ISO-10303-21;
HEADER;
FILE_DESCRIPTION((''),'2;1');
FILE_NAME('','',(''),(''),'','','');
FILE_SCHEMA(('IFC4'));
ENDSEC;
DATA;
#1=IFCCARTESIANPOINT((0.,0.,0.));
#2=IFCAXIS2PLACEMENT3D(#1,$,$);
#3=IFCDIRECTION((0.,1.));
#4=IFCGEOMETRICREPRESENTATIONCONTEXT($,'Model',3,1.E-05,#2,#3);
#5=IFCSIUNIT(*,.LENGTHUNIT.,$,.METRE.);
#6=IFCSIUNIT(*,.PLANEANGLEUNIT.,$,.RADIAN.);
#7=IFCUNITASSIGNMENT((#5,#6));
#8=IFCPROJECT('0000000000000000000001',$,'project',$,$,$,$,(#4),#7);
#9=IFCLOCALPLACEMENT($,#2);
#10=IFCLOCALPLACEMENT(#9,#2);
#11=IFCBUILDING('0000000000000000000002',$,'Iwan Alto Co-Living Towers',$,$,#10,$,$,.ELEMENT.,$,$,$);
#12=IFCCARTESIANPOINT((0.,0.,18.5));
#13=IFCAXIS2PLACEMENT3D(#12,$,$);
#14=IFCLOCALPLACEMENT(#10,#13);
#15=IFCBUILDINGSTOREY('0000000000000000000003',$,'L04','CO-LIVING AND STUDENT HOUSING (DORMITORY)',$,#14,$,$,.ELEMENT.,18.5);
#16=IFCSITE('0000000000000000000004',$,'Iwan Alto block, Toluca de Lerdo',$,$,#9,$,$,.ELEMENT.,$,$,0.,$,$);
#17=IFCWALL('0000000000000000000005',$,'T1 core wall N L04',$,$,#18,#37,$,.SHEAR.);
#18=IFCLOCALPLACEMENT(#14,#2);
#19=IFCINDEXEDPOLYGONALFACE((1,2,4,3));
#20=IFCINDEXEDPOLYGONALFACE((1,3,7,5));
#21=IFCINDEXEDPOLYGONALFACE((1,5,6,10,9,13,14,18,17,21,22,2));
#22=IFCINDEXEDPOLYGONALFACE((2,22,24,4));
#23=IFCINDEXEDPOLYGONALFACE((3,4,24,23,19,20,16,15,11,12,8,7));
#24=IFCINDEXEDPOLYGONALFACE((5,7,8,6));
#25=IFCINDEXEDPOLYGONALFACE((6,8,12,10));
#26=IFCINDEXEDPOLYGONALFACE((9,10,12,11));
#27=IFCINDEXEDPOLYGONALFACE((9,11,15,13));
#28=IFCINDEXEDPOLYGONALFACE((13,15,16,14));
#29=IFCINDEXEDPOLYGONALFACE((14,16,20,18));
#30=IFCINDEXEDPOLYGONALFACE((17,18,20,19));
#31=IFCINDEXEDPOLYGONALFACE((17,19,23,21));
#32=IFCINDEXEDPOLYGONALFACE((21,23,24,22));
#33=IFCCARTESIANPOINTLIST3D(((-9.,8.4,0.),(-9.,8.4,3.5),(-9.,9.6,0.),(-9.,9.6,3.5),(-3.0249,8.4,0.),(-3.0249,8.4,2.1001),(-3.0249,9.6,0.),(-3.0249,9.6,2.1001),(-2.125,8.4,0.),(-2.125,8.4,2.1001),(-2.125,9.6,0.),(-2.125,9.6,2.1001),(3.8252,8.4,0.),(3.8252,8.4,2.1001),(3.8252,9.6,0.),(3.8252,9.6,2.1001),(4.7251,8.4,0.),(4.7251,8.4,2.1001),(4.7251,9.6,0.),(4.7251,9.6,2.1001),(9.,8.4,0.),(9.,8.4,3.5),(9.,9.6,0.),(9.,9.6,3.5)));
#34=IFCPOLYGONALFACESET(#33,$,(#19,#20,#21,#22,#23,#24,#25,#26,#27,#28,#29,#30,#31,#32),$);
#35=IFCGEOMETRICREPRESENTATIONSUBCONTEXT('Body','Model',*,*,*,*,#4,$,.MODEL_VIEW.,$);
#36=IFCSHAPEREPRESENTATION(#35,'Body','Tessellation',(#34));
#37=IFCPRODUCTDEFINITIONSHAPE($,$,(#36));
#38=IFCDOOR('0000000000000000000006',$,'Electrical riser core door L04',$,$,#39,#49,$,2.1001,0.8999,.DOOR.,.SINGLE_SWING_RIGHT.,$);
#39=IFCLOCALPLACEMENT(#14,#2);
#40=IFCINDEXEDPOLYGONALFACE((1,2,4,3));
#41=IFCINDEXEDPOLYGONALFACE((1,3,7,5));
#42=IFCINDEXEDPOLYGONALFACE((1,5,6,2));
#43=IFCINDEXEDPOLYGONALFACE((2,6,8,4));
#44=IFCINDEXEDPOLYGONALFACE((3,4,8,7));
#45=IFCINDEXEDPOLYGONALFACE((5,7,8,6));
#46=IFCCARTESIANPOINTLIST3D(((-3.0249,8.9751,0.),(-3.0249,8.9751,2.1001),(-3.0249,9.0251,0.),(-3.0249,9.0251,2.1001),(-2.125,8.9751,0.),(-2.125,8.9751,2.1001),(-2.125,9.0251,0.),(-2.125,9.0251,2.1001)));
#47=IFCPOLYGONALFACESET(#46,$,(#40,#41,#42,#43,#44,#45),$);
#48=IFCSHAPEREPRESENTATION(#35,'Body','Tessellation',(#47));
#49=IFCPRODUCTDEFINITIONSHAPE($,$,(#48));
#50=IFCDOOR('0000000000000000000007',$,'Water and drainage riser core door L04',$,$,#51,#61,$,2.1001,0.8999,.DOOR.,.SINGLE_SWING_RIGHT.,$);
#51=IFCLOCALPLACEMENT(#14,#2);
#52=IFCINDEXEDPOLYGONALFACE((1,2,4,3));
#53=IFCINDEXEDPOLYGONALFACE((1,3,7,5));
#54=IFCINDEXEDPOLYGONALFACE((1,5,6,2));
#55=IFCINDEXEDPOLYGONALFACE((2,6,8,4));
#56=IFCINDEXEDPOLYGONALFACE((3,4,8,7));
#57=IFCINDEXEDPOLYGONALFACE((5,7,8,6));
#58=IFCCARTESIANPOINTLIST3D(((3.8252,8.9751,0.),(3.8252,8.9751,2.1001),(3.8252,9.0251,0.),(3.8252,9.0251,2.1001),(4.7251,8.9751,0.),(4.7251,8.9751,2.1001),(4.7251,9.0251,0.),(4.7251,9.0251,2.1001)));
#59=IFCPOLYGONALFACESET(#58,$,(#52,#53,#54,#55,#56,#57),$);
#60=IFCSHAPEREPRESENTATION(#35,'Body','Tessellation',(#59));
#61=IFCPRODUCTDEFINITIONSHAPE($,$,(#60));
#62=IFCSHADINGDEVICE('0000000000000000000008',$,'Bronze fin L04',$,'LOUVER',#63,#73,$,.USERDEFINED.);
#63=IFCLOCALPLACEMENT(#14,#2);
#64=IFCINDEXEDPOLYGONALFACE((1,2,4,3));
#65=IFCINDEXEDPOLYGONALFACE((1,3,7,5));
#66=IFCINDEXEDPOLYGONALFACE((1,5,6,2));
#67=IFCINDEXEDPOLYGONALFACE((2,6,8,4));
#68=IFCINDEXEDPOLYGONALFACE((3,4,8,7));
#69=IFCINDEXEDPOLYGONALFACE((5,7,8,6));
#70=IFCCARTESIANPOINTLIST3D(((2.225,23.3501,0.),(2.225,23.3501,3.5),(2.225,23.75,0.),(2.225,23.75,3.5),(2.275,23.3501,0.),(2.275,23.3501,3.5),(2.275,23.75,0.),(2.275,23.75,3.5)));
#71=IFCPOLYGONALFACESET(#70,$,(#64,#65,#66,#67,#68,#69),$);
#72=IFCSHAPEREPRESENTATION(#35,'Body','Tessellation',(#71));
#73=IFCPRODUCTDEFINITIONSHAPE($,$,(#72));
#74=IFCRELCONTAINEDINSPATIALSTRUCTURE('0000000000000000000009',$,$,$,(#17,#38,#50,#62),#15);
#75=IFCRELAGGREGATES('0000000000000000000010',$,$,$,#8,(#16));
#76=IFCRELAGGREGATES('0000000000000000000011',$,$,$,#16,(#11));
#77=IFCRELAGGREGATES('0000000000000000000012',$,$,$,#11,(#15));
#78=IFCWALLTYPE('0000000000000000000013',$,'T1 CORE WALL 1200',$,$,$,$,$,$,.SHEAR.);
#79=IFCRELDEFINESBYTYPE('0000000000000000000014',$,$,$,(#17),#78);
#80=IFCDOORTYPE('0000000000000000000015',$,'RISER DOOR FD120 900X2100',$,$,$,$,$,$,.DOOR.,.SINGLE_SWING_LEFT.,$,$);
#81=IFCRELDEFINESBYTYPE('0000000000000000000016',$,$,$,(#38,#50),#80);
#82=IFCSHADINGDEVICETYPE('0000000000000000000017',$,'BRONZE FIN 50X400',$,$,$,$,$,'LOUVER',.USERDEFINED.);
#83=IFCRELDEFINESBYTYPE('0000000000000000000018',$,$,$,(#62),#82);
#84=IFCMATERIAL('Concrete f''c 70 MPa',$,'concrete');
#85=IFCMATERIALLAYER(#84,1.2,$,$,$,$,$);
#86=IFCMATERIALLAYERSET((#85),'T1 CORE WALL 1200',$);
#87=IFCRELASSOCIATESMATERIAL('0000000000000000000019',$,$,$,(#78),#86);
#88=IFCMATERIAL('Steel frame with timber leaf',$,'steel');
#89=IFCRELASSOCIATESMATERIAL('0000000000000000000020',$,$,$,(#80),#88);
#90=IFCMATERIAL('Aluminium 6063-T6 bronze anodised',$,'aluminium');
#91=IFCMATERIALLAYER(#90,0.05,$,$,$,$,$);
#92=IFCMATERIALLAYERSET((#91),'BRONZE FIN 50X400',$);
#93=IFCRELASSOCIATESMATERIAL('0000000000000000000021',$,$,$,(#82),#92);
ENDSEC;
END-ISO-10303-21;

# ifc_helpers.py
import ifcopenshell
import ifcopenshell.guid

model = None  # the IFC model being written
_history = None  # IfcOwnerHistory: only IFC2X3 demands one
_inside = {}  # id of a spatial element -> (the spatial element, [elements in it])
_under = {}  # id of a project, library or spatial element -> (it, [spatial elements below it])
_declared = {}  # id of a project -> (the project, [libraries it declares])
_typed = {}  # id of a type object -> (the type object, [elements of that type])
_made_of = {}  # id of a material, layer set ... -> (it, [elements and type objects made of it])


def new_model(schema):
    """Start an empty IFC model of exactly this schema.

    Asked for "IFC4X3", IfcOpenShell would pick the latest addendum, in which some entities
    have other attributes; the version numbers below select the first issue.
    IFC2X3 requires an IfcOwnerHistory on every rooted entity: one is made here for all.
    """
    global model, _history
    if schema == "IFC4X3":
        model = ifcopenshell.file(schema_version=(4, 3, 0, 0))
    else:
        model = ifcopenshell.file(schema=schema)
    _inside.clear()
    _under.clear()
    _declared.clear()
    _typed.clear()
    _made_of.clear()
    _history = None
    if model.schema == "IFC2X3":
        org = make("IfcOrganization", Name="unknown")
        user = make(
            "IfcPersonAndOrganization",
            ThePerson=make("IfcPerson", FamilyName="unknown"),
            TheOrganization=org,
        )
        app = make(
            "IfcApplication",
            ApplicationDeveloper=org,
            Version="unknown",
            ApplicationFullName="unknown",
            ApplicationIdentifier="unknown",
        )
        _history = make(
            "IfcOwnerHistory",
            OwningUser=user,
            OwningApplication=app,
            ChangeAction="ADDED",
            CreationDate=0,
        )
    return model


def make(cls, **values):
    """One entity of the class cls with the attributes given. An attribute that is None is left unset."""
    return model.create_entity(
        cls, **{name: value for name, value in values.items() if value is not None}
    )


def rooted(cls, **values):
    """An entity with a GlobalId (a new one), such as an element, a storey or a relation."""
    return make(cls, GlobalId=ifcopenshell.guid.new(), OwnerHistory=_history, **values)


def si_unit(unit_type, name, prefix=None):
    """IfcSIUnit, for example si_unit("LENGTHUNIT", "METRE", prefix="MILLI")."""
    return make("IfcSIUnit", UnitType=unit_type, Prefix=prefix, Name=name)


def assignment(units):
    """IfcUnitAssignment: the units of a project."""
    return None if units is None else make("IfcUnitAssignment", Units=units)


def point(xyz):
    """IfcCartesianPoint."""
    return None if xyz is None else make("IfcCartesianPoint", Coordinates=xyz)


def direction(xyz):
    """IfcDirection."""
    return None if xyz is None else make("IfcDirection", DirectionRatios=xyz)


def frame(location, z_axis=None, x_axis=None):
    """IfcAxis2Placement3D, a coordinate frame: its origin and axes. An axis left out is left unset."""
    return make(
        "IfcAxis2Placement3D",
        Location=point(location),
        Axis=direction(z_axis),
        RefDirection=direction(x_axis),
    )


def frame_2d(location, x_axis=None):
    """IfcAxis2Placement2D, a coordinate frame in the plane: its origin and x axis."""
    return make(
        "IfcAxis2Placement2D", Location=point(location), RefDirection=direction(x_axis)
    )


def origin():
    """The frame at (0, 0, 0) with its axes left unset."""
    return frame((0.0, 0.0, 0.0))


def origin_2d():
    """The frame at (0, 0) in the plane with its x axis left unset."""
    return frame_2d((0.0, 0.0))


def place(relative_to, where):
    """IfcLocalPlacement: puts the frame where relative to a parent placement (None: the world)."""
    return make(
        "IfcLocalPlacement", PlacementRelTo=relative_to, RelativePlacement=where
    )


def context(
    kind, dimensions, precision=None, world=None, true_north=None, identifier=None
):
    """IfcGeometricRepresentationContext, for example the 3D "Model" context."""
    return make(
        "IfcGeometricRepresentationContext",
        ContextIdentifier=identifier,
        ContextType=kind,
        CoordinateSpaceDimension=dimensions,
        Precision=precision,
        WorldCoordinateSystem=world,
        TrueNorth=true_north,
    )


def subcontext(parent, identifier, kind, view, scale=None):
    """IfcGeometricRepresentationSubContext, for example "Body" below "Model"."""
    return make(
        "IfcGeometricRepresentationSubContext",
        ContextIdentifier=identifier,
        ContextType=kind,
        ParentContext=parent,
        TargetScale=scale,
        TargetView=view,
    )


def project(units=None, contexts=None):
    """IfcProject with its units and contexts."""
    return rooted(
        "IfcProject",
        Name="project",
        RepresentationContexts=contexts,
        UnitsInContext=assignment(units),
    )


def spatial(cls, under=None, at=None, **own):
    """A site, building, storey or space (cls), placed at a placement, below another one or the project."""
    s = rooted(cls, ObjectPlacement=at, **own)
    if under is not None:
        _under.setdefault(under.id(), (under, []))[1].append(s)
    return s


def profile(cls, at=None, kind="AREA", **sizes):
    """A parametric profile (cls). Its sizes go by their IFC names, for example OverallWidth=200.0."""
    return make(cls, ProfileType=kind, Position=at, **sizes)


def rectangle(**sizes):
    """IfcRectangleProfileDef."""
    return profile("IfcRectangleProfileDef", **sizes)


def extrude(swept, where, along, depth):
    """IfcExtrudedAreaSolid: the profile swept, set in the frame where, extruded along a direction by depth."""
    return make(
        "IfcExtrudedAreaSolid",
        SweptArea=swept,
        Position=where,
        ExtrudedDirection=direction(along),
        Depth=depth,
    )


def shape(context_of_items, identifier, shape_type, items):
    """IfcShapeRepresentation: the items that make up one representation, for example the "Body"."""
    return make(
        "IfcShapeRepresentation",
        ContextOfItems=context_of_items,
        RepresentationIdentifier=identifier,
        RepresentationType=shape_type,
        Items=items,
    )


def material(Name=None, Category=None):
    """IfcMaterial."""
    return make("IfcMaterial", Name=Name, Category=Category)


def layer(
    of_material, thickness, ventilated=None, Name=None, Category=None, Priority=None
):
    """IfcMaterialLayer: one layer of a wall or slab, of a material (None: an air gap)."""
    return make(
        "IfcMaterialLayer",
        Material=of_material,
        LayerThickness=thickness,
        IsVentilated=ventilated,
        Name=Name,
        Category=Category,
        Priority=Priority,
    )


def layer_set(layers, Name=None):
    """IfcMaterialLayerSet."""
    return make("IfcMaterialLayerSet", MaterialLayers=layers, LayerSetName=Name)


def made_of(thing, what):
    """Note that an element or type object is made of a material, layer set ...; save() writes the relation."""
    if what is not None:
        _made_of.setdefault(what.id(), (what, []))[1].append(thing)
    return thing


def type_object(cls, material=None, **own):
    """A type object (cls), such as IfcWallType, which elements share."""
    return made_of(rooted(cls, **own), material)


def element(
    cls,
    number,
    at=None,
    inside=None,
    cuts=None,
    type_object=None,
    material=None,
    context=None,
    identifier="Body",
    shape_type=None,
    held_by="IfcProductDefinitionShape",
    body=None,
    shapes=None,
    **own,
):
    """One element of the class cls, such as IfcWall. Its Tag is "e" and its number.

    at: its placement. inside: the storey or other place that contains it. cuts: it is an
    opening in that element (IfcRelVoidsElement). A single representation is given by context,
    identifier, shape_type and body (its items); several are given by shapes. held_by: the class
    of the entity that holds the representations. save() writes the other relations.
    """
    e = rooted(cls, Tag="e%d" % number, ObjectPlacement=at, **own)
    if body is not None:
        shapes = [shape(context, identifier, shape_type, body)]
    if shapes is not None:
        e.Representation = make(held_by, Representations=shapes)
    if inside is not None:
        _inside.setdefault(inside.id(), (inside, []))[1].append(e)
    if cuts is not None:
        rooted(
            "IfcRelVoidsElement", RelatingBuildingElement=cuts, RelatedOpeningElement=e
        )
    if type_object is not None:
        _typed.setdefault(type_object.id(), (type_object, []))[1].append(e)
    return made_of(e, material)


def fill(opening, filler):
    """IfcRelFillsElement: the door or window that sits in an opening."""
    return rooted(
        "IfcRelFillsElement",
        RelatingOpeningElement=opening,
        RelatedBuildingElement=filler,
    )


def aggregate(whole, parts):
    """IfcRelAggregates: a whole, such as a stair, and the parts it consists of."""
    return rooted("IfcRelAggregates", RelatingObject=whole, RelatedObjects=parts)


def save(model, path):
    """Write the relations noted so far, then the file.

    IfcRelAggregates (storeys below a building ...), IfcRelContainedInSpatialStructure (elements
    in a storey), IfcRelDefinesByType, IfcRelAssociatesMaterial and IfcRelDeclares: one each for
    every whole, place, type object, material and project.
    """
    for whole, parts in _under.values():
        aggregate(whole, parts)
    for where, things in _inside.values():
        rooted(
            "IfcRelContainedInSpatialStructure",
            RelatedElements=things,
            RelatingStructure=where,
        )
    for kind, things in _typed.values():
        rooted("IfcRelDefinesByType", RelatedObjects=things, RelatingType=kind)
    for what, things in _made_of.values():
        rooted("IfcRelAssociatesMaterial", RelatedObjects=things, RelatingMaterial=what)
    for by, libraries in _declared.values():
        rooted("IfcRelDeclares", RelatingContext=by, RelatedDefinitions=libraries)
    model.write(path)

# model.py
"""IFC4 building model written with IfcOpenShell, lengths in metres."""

from ifc_helpers import new_model, si_unit, direction, frame, frame_2d, origin, origin_2d, place, context, subcontext, project, spatial, rectangle, extrude, material, layer, layer_set, type_object, element, fill, save


model = new_model("IFC4")

# Units and contexts
model_context = context("Model", 3, precision=1e-05, world=origin(), true_north=direction((0.0, 1.0)))
body_context = subcontext(model_context, "Body", "Model", "MODEL_VIEW")
ifc_project = project(units=[si_unit("LENGTHUNIT", "METRE"), si_unit("PLANEANGLEUNIT", "RADIAN")], contexts=[model_context])

# Site, building, storey
site_placement = place(None, origin())
site = spatial("IfcSite", under=ifc_project, at=site_placement, Name="Iwan Alto block, Toluca de Lerdo", CompositionType="ELEMENT", RefElevation=0.0)
building_placement = place(site_placement, origin())
building = spatial("IfcBuilding", under=site, at=building_placement, Name="Iwan Alto Co-Living Towers", CompositionType="ELEMENT")
storey_placement = place(building_placement, frame((0.0, 0.0, 18.5)))
storey = spatial("IfcBuildingStorey", under=building, at=storey_placement, Name="L04", Description="CO-LIVING AND STUDENT HOUSING (DORMITORY)", CompositionType="ELEMENT", Elevation=18.5)

# Wall, openings, doors
ifc_material_1 = material(Name="Concrete f'c 70 MPa", Category="concrete")
ifc_layer_1 = layer(ifc_material_1, 1.2)
ifc_layer_set_1 = layer_set([ifc_layer_1], Name="T1 CORE WALL 1200")
wall_type_1 = type_object("IfcWallType", Name="T1 CORE WALL 1200", PredefinedType="SHEAR", material=ifc_layer_set_1)
wall_1_placement = place(storey_placement, frame((9.0, 9.0, 0.0), z_axis=(0.0, 0.0, 1.0), x_axis=(-1.0, 0.0, 0.0)))
wall_1 = element("IfcWall", 1, at=wall_1_placement, inside=storey, type_object=wall_type_1, Name="T1 core wall N L04", PredefinedType="SHEAR", context=body_context, shape_type="SweptSolid", body=[
    extrude(rectangle(XDim=18.0, YDim=1.2, at=frame_2d((9.0, 0.0))), origin(), (0.0, 0.0, 1.0), 3.5),
])
opening_1_placement = place(wall_1_placement, frame((11.125, 0.0, 0.0)))
opening_1 = element("IfcOpeningElement", 2, at=opening_1_placement, cuts=wall_1, PredefinedType="OPENING", context=body_context, shape_type="SweptSolid", body=[
    extrude(rectangle(XDim=0.8999, YDim=2.1001, at=frame_2d((0.45, 1.05))), frame((0.0, 0.6099, 0.0), z_axis=(0.0, -1.0, 0.0), x_axis=(1.0, 0.0, 0.0)), (0.0, 0.0, 1.0), 1.22),
])
opening_2_placement = place(wall_1_placement, frame((4.2749, 0.0, 0.0)))
opening_2 = element("IfcOpeningElement", 3, at=opening_2_placement, cuts=wall_1, PredefinedType="OPENING", context=body_context, shape_type="SweptSolid", body=[
    extrude(rectangle(XDim=0.8999, YDim=2.1001, at=frame_2d((0.45, 1.05))), frame((0.0, 0.6099, 0.0), z_axis=(0.0, -1.0, 0.0), x_axis=(1.0, 0.0, 0.0)), (0.0, 0.0, 1.0), 1.22),
])
ifc_material_2 = material(Name="Steel frame with timber leaf", Category="steel")
door_type = type_object("IfcDoorType", Name="RISER DOOR FD120 900X2100", OperationType="SINGLE_SWING_LEFT", PredefinedType="DOOR", material=ifc_material_2)
door_1_placement = place(opening_1_placement, origin())
door_1 = element("IfcDoor", 4, at=door_1_placement, inside=storey, type_object=door_type, Name="Electrical riser core door L04", OperationType="SINGLE_SWING_RIGHT", OverallHeight=2.1001, OverallWidth=0.8999, PredefinedType="DOOR", context=body_context, shape_type="SweptSolid", body=[
    extrude(rectangle(XDim=0.8999, YDim=2.1001, at=frame_2d((0.45, 1.05))), frame((0.0, 0.0249, 0.0), z_axis=(0.0, -1.0, 0.0), x_axis=(1.0, 0.0, 0.0)), (0.0, 0.0, 1.0), 0.05),
])
fill(opening_1, door_1)
door_2_placement = place(opening_2_placement, origin())
door_2 = element("IfcDoor", 5, at=door_2_placement, inside=storey, type_object=door_type, Name="Water and drainage riser core door L04", OperationType="SINGLE_SWING_RIGHT", OverallHeight=2.1001, OverallWidth=0.8999, PredefinedType="DOOR", context=body_context, shape_type="SweptSolid", body=[
    extrude(rectangle(XDim=0.8999, YDim=2.1001, at=frame_2d((0.45, 1.05))), frame((0.0, 0.0249, 0.0), z_axis=(0.0, -1.0, 0.0), x_axis=(1.0, 0.0, 0.0)), (0.0, 0.0, 1.0), 0.05),
])
fill(opening_2, door_2)

# Shading device
ifc_material_3 = material(Name="Aluminium 6063-T6 bronze anodised", Category="aluminium")
ifc_layer_2 = layer(ifc_material_3, 0.05)
ifc_layer_set_2 = layer_set([ifc_layer_2], Name="BRONZE FIN 50X400")
shading_device_type = type_object("IfcShadingDeviceType", Name="BRONZE FIN 50X400", ElementType="LOUVER", PredefinedType="USERDEFINED", material=ifc_layer_set_2)
shading_device_placement = place(storey_placement, frame((2.25, 23.55, 0.0), z_axis=(0.0, 0.0, 1.0), x_axis=(-1.0, 0.0, 0.0)))
element("IfcShadingDevice", 6, at=shading_device_placement, inside=storey, type_object=shading_device_type, Name="Bronze fin L04", ObjectType="LOUVER", PredefinedType="USERDEFINED", context=body_context, shape_type="SweptSolid", body=[
    extrude(rectangle(XDim=0.05, YDim=0.3999, at=origin_2d()), origin(), (0.0, 0.0, 1.0), 3.5),
])

save(model, "model.ifc")
